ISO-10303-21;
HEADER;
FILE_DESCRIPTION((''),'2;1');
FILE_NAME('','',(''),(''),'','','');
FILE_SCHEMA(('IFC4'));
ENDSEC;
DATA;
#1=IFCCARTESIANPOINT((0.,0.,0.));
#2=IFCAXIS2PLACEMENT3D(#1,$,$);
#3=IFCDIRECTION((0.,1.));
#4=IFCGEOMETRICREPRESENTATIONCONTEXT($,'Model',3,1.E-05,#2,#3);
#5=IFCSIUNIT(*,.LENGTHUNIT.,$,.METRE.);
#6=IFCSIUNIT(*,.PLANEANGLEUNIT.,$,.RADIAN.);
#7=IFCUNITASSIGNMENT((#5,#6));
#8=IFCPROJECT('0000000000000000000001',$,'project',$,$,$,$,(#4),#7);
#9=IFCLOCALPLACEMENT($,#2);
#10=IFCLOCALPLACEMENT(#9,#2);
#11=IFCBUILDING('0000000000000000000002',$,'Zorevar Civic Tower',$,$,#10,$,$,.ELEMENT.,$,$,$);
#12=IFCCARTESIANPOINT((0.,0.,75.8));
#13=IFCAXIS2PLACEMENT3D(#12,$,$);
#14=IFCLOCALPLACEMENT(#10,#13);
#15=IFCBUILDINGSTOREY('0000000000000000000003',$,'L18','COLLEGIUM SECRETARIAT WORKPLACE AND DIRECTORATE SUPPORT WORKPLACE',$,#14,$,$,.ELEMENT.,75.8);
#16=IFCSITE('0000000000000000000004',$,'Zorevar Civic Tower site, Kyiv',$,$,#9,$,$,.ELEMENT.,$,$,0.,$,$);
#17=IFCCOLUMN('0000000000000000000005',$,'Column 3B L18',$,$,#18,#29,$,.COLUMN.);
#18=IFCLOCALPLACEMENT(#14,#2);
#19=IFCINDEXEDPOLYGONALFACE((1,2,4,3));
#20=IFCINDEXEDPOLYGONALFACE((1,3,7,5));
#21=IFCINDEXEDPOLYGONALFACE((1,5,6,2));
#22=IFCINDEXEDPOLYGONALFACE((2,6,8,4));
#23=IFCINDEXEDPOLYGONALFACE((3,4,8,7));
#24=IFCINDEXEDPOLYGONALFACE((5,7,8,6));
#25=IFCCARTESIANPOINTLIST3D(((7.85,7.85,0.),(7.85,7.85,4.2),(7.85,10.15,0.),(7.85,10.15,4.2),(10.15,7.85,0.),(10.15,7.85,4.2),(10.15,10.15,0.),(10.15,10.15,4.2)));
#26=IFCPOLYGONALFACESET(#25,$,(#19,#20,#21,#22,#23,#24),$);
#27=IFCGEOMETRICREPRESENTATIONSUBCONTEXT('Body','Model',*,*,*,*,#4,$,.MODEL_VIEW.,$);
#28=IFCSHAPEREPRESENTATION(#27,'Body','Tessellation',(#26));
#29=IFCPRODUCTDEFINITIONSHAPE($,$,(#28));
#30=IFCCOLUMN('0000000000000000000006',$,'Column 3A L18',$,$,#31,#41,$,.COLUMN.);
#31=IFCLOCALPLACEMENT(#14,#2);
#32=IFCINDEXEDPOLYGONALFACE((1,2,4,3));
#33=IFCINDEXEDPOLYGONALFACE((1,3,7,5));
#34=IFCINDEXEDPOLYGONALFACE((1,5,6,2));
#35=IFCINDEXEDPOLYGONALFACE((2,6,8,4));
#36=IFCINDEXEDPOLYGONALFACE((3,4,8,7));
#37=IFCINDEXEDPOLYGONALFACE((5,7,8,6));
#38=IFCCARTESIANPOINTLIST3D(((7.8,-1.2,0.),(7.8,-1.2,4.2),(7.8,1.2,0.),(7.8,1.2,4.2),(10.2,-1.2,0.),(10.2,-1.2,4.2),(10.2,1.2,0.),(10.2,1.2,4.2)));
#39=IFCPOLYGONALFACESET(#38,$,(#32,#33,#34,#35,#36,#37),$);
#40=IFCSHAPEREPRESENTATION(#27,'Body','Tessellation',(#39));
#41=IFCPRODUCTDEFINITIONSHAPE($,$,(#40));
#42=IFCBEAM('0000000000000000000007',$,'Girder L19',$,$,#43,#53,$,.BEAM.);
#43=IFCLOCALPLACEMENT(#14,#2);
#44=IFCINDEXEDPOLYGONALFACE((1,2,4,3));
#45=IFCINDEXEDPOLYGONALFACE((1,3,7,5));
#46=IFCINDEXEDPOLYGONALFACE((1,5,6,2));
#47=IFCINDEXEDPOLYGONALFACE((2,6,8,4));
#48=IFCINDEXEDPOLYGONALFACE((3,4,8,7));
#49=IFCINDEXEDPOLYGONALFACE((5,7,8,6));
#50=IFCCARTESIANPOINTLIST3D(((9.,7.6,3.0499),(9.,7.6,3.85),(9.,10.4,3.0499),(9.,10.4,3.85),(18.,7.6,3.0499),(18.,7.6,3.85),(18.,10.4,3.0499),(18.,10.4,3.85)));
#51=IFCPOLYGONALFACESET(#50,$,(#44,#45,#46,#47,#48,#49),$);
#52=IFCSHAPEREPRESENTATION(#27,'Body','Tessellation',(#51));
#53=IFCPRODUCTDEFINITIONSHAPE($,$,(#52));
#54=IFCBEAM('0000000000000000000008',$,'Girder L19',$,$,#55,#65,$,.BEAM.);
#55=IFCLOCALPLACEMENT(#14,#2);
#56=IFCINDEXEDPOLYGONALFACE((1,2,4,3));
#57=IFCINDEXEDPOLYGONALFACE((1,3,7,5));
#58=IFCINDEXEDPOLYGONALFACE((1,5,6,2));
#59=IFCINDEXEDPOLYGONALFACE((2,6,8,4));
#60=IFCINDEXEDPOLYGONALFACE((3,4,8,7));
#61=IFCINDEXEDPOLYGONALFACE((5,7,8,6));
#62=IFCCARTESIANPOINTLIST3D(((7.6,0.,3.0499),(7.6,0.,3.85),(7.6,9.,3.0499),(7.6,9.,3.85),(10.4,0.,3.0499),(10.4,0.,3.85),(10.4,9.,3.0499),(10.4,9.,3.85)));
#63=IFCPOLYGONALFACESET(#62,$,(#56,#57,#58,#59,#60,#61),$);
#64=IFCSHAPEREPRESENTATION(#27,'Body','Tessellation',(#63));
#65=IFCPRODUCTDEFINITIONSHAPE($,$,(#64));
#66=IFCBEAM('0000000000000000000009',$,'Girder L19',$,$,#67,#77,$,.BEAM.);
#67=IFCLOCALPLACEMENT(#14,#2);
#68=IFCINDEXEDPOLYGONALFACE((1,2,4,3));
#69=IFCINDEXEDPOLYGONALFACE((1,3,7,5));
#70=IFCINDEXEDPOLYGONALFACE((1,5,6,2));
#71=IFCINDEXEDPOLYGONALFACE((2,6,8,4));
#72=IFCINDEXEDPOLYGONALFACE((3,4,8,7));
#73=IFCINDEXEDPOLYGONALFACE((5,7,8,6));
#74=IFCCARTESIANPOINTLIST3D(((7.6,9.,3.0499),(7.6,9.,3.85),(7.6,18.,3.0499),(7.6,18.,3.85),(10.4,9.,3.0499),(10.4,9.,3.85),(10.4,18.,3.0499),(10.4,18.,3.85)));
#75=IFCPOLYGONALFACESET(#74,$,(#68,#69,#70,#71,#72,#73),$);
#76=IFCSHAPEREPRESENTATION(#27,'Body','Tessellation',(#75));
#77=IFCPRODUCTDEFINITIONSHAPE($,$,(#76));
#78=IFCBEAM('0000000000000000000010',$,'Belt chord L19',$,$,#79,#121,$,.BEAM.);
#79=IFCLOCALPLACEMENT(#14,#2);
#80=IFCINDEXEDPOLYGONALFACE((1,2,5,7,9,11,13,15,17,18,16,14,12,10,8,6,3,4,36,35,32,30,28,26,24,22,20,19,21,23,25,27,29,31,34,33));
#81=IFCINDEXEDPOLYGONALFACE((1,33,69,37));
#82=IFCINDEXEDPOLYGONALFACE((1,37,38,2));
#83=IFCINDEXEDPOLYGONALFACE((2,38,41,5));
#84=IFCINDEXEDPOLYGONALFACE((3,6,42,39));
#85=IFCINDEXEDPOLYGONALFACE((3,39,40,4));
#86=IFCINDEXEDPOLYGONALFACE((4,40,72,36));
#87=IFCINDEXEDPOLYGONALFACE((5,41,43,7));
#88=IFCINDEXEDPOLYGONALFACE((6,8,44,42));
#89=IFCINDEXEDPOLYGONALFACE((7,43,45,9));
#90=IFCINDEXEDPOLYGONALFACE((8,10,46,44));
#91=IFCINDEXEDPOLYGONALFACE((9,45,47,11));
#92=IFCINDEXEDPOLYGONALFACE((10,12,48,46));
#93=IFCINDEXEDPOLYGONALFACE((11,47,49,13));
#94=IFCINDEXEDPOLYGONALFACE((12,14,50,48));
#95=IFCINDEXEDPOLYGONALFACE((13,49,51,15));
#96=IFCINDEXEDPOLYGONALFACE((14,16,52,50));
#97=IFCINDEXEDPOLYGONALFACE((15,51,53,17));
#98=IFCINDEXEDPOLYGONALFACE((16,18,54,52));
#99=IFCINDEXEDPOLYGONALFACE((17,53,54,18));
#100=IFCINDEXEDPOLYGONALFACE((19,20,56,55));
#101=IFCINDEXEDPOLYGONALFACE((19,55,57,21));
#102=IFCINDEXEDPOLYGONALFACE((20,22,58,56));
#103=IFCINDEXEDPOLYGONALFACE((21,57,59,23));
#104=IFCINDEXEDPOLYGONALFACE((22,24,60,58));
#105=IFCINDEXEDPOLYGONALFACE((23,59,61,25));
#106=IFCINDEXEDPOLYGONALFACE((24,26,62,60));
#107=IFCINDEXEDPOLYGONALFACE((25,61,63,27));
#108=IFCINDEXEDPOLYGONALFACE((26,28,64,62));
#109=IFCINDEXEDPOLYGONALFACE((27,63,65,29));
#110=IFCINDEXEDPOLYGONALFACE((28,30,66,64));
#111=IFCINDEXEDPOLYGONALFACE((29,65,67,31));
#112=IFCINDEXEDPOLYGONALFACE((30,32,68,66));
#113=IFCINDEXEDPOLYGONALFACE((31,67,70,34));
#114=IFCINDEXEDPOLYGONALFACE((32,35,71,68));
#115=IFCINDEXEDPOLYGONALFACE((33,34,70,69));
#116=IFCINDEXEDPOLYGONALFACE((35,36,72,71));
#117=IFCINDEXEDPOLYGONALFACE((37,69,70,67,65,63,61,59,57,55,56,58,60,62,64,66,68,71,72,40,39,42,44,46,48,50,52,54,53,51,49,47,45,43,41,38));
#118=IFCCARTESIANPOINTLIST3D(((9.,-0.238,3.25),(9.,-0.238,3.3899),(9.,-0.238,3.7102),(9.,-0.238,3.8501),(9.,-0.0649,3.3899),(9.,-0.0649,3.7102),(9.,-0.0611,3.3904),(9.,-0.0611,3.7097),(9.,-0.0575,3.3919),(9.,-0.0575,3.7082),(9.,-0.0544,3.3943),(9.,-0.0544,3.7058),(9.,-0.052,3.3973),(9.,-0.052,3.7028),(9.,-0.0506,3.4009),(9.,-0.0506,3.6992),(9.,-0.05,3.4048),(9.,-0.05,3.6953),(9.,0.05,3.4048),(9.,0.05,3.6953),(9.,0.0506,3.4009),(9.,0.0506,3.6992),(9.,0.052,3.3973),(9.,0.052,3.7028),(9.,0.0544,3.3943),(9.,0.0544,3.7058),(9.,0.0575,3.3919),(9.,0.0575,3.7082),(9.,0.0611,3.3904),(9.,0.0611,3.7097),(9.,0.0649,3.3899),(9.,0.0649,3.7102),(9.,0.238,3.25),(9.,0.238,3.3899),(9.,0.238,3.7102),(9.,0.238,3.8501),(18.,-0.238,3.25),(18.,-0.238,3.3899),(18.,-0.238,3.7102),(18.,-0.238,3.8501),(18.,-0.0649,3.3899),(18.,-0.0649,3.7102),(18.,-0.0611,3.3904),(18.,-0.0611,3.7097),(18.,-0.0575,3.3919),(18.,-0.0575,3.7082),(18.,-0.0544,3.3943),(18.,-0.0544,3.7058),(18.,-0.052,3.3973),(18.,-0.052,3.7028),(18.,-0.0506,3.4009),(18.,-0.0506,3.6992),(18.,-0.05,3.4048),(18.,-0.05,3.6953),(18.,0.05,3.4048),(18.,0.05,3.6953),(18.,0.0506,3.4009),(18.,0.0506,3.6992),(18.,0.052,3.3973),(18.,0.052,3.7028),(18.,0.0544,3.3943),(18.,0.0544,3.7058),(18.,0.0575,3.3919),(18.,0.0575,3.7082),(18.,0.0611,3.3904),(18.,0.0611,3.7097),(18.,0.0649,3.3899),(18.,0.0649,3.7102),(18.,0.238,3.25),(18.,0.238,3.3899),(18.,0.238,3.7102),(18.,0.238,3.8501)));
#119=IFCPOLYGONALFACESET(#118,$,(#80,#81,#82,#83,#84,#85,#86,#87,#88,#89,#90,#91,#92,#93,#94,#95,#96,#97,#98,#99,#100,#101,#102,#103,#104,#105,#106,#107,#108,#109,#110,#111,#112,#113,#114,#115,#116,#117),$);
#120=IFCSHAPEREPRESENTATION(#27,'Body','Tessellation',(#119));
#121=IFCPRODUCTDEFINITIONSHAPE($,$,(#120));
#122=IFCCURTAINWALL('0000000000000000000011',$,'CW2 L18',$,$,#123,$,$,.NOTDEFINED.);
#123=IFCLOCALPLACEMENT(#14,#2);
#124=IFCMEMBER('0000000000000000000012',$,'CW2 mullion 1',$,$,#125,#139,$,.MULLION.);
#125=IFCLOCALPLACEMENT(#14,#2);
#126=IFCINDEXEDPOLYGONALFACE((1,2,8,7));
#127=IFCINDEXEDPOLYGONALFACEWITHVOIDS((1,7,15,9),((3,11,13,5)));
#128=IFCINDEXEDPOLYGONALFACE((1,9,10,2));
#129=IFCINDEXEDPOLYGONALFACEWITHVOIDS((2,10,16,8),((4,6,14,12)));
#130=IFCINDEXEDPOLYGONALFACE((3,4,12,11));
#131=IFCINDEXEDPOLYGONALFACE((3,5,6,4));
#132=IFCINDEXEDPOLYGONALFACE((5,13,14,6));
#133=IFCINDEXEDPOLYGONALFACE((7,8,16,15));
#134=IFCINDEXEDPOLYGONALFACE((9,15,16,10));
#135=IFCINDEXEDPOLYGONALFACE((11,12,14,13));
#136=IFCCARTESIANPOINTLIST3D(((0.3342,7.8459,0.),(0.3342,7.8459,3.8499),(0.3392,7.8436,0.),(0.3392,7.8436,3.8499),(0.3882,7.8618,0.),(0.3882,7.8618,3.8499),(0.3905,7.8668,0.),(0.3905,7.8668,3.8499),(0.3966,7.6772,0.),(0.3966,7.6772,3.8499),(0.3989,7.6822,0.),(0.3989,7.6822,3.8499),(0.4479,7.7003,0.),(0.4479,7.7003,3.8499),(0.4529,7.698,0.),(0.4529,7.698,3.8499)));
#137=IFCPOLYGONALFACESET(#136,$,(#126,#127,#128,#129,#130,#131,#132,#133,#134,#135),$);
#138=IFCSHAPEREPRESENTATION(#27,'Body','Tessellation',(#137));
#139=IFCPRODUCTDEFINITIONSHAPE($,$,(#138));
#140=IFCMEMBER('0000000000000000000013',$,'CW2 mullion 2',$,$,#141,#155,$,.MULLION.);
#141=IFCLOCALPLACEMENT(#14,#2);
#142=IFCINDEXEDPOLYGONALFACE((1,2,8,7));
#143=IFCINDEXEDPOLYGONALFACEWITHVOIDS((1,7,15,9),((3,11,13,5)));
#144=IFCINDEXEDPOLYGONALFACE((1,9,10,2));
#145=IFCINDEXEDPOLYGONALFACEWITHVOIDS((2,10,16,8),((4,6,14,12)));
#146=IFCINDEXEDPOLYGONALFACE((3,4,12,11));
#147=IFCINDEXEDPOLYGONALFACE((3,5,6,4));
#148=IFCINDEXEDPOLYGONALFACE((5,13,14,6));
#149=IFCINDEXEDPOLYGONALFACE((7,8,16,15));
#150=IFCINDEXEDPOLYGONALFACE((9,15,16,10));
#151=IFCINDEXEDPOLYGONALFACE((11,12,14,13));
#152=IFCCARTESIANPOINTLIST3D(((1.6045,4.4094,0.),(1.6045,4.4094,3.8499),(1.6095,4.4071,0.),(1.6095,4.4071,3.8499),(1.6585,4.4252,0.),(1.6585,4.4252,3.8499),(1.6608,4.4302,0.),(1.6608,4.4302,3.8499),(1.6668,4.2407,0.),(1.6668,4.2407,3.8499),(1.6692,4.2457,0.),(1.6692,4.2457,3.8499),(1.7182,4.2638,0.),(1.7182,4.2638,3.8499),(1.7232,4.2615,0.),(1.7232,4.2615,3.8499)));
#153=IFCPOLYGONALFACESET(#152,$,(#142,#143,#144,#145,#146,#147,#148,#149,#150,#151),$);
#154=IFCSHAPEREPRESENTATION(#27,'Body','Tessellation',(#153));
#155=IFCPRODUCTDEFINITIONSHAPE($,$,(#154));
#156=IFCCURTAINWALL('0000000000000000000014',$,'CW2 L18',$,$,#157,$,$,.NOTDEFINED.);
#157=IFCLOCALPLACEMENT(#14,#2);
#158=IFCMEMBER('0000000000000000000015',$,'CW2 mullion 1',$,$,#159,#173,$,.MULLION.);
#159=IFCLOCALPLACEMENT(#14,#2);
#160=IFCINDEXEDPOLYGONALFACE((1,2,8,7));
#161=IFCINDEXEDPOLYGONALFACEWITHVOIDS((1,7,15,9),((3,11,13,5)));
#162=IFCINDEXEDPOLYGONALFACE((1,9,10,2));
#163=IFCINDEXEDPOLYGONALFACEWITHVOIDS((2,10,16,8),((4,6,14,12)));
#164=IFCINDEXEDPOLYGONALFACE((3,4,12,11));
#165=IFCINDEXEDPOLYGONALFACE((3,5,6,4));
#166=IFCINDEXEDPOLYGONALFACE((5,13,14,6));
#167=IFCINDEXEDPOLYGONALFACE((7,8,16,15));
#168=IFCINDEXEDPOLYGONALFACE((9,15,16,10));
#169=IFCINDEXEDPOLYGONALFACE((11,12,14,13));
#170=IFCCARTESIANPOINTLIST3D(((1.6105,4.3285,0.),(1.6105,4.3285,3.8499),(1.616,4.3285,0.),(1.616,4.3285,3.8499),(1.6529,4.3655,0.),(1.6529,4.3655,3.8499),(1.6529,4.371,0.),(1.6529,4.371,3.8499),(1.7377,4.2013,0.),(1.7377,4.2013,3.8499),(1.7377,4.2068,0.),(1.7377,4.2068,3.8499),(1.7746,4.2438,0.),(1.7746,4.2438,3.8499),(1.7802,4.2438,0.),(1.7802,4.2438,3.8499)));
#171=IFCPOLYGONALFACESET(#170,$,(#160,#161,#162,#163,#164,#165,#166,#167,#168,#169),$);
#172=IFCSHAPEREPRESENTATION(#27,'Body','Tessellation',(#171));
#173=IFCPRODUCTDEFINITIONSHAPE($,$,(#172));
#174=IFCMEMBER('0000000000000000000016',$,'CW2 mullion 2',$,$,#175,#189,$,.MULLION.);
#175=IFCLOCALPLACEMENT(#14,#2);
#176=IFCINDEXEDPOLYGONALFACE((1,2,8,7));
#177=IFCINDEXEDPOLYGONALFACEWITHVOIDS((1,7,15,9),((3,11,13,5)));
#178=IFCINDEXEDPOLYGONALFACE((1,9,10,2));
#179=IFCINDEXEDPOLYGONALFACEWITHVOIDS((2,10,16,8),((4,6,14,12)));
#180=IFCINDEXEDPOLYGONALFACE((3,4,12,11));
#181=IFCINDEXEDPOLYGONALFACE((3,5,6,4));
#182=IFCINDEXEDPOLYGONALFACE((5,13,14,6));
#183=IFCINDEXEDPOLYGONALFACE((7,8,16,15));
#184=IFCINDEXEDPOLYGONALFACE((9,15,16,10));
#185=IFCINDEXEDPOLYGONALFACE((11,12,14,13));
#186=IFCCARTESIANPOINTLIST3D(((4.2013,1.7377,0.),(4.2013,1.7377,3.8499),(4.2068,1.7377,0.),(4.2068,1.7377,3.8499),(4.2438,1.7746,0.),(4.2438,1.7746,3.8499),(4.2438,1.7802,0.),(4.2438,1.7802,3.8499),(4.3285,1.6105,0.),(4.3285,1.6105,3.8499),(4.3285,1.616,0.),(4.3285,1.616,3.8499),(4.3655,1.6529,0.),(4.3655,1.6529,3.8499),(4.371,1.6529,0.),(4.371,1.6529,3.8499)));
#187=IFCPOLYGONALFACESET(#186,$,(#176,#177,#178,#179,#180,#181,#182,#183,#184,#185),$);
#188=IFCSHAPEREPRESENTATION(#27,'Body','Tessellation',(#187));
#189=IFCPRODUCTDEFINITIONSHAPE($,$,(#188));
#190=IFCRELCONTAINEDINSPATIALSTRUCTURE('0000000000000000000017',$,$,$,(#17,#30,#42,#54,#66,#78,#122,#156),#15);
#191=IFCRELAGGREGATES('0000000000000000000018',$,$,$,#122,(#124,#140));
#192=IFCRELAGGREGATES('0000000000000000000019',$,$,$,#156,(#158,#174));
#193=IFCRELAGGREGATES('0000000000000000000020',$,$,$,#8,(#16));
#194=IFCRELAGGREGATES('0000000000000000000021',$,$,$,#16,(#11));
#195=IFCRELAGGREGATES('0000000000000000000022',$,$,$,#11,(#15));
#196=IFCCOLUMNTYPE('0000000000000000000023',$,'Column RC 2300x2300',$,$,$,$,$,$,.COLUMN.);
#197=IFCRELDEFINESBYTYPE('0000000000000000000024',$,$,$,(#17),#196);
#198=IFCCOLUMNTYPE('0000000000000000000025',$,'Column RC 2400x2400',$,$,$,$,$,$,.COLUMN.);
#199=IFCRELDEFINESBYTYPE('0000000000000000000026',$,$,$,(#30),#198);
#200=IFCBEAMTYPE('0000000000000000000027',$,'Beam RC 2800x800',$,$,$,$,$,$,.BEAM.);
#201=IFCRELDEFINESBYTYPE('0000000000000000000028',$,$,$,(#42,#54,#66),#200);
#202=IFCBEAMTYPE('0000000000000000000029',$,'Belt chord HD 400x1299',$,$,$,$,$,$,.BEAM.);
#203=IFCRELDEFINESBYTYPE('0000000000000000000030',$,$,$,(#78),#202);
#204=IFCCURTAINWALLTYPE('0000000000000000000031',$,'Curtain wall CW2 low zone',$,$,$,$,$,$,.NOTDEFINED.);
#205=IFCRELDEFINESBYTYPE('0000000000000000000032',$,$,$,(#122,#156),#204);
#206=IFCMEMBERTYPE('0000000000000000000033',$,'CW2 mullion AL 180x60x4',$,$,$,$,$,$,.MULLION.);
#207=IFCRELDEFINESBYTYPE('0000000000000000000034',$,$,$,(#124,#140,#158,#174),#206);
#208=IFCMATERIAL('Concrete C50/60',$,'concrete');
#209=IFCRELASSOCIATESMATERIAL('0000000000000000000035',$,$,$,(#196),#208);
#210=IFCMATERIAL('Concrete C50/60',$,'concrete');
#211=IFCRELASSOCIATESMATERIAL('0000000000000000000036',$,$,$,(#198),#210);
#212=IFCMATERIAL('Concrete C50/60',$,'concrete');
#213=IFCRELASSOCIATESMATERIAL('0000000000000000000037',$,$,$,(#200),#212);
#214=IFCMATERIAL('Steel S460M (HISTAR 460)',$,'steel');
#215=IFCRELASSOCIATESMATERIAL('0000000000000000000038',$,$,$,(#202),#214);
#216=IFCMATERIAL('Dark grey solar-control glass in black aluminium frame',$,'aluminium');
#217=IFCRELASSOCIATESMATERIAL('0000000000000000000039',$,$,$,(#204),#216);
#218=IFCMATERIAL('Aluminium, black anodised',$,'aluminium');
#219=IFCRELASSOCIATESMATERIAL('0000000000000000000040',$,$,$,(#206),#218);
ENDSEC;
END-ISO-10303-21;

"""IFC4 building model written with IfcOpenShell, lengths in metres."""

from ifc_helpers import new_model, si_unit, direction, frame, origin, origin_2d, place, context, subcontext, project, spatial, rectangle, hollow_rectangle, i_section, extrude, material, material_profile, profile_set, type_object, element, aggregate, save


model = new_model("IFC4")

# Units and contexts
model_context = context("Model", 3, precision=1e-05, world=origin(), true_north=direction((0.0, 1.0)))
body_context = subcontext(model_context, "Body", "Model", "MODEL_VIEW")
ifc_project = project(units=[si_unit("LENGTHUNIT", "METRE"), si_unit("PLANEANGLEUNIT", "RADIAN")], contexts=[model_context])

# Site, building, storey
site_placement = place(None, origin())
site = spatial("IfcSite", under=ifc_project, at=site_placement, Name="Zorevar Civic Tower site, Kyiv", CompositionType="ELEMENT", RefElevation=0.0)
building_placement = place(site_placement, origin())
building = spatial("IfcBuilding", under=site, at=building_placement, Name="Zorevar Civic Tower", CompositionType="ELEMENT")
storey_placement = place(building_placement, frame((0.0, 0.0, 75.8)))
storey = spatial("IfcBuildingStorey", under=building, at=storey_placement, Name="L18", Description="COLLEGIUM SECRETARIAT WORKPLACE AND DIRECTORATE SUPPORT WORKPLACE", CompositionType="ELEMENT", Elevation=75.8)

# Columns
ifc_material_1 = material(Name="Concrete C50/60", Category="concrete")
ifc_material_profile_1 = material_profile(ifc_material_1, rectangle(XDim=2.3, YDim=2.3, at=origin_2d()), Name="RC 2300x2300")
ifc_profile_set_1 = profile_set([ifc_material_profile_1], Name="Concrete C50/60")
column_type_1 = type_object("IfcColumnType", Name="Column RC 2300x2300", PredefinedType="COLUMN", material=ifc_profile_set_1)
column_1_placement = place(storey_placement, frame((9.0, 9.0, 0.0), z_axis=(0.0, 0.0, 1.0), x_axis=(1.0, 0.0, 0.0)))
element("IfcColumn", 1, at=column_1_placement, inside=storey, type_object=column_type_1, Name="Column 3B L18", PredefinedType="COLUMN", context=body_context, shape_type="SweptSolid", body=[
    extrude(rectangle(XDim=2.3, YDim=2.3, at=origin_2d()), origin(), (0.0, 0.0, 1.0), 4.2),
])
ifc_material_2 = material(Name="Concrete C50/60", Category="concrete")
ifc_material_profile_2 = material_profile(ifc_material_2, rectangle(XDim=2.3999, YDim=2.3999, at=origin_2d()), Name="RC 2400x2400")
ifc_profile_set_2 = profile_set([ifc_material_profile_2], Name="Concrete C50/60")
column_type_2 = type_object("IfcColumnType", Name="Column RC 2400x2400", PredefinedType="COLUMN", material=ifc_profile_set_2)
column_2_placement = place(storey_placement, frame((9.0, 0.0, 0.0), z_axis=(0.0, 0.0, 1.0), x_axis=(1.0, 0.0, 0.0)))
element("IfcColumn", 2, at=column_2_placement, inside=storey, type_object=column_type_2, Name="Column 3A L18", PredefinedType="COLUMN", context=body_context, shape_type="SweptSolid", body=[
    extrude(rectangle(XDim=2.3999, YDim=2.3999, at=origin_2d()), origin(), (0.0, 0.0, 1.0), 4.2),
])

# Beams
ifc_material_3 = material(Name="Concrete C50/60", Category="concrete")
ifc_material_profile_3 = material_profile(ifc_material_3, rectangle(XDim=2.8, YDim=0.8, at=origin_2d()), Name="RC 2800x800")
ifc_profile_set_3 = profile_set([ifc_material_profile_3], Name="Concrete C50/60")
beam_type_1 = type_object("IfcBeamType", Name="Beam RC 2800x800", PredefinedType="BEAM", material=ifc_profile_set_3)
for number, where, z_axis, x_axis, name in (
    (3, (9.0, 9.0, 3.45), (1.0, 0.0, 0.0), (0.0, 1.0, 0.0), "Girder L19"),
    (4, (9.0, 0.0, 3.45), (0.0, 1.0, 0.0), (-1.0, 0.0, 0.0), "Girder L19"),
    (5, (9.0, 9.0, 3.45), (0.0, 1.0, 0.0), (-1.0, 0.0, 0.0), "Girder L19"),
):
    element("IfcBeam", number, at=place(storey_placement, frame(where, z_axis=z_axis, x_axis=x_axis)), inside=storey, type_object=beam_type_1, Name=name, PredefinedType="BEAM", context=body_context, shape_type="SweptSolid", body=[
        extrude(rectangle(XDim=2.8, YDim=0.8, at=origin_2d()), origin(), (0.0, 0.0, 1.0), 9.0),
    ])
ifc_material_4 = material(Name="Steel S460M (HISTAR 460)", Category="steel")
ifc_material_profile_4 = material_profile(ifc_material_4, i_section(OverallWidth=0.4761, OverallDepth=0.6001, WebThickness=0.1001, FlangeThickness=0.1399, FilletRadius=0.0149, at=origin_2d()), Name="HD 400x1299")
ifc_profile_set_4 = profile_set([ifc_material_profile_4], Name="Steel S460M (HISTAR 460)")
beam_type_2 = type_object("IfcBeamType", Name="Belt chord HD 400x1299", PredefinedType="BEAM", material=ifc_profile_set_4)
beam_placement = place(storey_placement, frame((9.0, 0.0, 3.55), z_axis=(1.0, 0.0, 0.0), x_axis=(0.0, 1.0, 0.0)))
element("IfcBeam", 6, at=beam_placement, inside=storey, type_object=beam_type_2, Name="Belt chord L19", PredefinedType="BEAM", context=body_context, shape_type="SweptSolid", body=[
    extrude(i_section(OverallWidth=0.4761, OverallDepth=0.6001, WebThickness=0.1001, FlangeThickness=0.1399, FilletRadius=0.0149, at=origin_2d()), origin(), (0.0, 0.0, 1.0), 9.0),
])

# Curtain walls, members
ifc_material_5 = material(Name="Dark grey solar-control glass in black aluminium frame", Category="aluminium")
curtain_wall_type = type_object("IfcCurtainWallType", Name="Curtain wall CW2 low zone", PredefinedType="NOTDEFINED", material=ifc_material_5)
curtain_wall_1_placement = place(storey_placement, origin())
curtain_wall_1 = element("IfcCurtainWall", 7, at=curtain_wall_1_placement, inside=storey, type_object=curtain_wall_type, Name="CW2 L18", PredefinedType="NOTDEFINED")
ifc_material_6 = material(Name="Aluminium, black anodised", Category="aluminium")
ifc_material_profile_5 = material_profile(ifc_material_6, hollow_rectangle(XDim=0.0601, YDim=0.1799, WallThickness=0.0039, at=origin_2d()), Name="AL 180x60x4")
ifc_profile_set_5 = profile_set([ifc_material_profile_5], Name="Aluminium, black anodised")
member_type_1 = type_object("IfcMemberType", Name="CW2 mullion AL 180x60x4", PredefinedType="MULLION", material=ifc_profile_set_5)
member_1_placement = place(storey_placement, frame((0.3936, 7.772, 0.0), z_axis=(0.0, 0.0, 1.0), x_axis=(0.937975, 0.346704, 0.0)))
member_1 = element("IfcMember", 8, at=member_1_placement, type_object=member_type_1, Name="CW2 mullion 1", PredefinedType="MULLION", context=body_context, shape_type="SweptSolid", body=[
    extrude(hollow_rectangle(XDim=0.0601, YDim=0.1799, WallThickness=0.0039, at=origin_2d()), origin(), (0.0, 0.0, 1.0), 3.8499),
])
member_2_placement = place(storey_placement, frame((1.6638, 4.3354, 0.0), z_axis=(0.0, 0.0, 1.0), x_axis=(0.937975, 0.346704, 0.0)))
member_2 = element("IfcMember", 9, at=member_2_placement, type_object=member_type_1, Name="CW2 mullion 2", PredefinedType="MULLION", context=body_context, shape_type="SweptSolid", body=[
    extrude(hollow_rectangle(XDim=0.0601, YDim=0.1799, WallThickness=0.0039, at=origin_2d()), origin(), (0.0, 0.0, 1.0), 3.8499),
])
curtain_wall_2_placement = place(storey_placement, origin())
curtain_wall_2 = element("IfcCurtainWall", 10, at=curtain_wall_2_placement, inside=storey, type_object=curtain_wall_type, Name="CW2 L18", PredefinedType="NOTDEFINED")
member_3_placement = place(storey_placement, frame((1.6953, 4.2861, 0.0), z_axis=(0.0, 0.0, 1.0), x_axis=(0.707107, 0.707107, 0.0)))
member_3 = element("IfcMember", 11, at=member_3_placement, type_object=member_type_1, Name="CW2 mullion 1", PredefinedType="MULLION", context=body_context, shape_type="SweptSolid", body=[
    extrude(hollow_rectangle(XDim=0.0601, YDim=0.1799, WallThickness=0.0039, at=origin_2d()), origin(), (0.0, 0.0, 1.0), 3.8499),
])
member_4_placement = place(storey_placement, frame((4.2861, 1.6953, 0.0), z_axis=(0.0, 0.0, 1.0), x_axis=(0.707107, 0.707107, 0.0)))
member_4 = element("IfcMember", 12, at=member_4_placement, type_object=member_type_1, Name="CW2 mullion 2", PredefinedType="MULLION", context=body_context, shape_type="SweptSolid", body=[
    extrude(hollow_rectangle(XDim=0.0601, YDim=0.1799, WallThickness=0.0039, at=origin_2d()), origin(), (0.0, 0.0, 1.0), 3.8499),
])

aggregate(curtain_wall_1, [member_1, member_2])
aggregate(curtain_wall_2, [member_3, member_4])

save(model, "model.ifc")
